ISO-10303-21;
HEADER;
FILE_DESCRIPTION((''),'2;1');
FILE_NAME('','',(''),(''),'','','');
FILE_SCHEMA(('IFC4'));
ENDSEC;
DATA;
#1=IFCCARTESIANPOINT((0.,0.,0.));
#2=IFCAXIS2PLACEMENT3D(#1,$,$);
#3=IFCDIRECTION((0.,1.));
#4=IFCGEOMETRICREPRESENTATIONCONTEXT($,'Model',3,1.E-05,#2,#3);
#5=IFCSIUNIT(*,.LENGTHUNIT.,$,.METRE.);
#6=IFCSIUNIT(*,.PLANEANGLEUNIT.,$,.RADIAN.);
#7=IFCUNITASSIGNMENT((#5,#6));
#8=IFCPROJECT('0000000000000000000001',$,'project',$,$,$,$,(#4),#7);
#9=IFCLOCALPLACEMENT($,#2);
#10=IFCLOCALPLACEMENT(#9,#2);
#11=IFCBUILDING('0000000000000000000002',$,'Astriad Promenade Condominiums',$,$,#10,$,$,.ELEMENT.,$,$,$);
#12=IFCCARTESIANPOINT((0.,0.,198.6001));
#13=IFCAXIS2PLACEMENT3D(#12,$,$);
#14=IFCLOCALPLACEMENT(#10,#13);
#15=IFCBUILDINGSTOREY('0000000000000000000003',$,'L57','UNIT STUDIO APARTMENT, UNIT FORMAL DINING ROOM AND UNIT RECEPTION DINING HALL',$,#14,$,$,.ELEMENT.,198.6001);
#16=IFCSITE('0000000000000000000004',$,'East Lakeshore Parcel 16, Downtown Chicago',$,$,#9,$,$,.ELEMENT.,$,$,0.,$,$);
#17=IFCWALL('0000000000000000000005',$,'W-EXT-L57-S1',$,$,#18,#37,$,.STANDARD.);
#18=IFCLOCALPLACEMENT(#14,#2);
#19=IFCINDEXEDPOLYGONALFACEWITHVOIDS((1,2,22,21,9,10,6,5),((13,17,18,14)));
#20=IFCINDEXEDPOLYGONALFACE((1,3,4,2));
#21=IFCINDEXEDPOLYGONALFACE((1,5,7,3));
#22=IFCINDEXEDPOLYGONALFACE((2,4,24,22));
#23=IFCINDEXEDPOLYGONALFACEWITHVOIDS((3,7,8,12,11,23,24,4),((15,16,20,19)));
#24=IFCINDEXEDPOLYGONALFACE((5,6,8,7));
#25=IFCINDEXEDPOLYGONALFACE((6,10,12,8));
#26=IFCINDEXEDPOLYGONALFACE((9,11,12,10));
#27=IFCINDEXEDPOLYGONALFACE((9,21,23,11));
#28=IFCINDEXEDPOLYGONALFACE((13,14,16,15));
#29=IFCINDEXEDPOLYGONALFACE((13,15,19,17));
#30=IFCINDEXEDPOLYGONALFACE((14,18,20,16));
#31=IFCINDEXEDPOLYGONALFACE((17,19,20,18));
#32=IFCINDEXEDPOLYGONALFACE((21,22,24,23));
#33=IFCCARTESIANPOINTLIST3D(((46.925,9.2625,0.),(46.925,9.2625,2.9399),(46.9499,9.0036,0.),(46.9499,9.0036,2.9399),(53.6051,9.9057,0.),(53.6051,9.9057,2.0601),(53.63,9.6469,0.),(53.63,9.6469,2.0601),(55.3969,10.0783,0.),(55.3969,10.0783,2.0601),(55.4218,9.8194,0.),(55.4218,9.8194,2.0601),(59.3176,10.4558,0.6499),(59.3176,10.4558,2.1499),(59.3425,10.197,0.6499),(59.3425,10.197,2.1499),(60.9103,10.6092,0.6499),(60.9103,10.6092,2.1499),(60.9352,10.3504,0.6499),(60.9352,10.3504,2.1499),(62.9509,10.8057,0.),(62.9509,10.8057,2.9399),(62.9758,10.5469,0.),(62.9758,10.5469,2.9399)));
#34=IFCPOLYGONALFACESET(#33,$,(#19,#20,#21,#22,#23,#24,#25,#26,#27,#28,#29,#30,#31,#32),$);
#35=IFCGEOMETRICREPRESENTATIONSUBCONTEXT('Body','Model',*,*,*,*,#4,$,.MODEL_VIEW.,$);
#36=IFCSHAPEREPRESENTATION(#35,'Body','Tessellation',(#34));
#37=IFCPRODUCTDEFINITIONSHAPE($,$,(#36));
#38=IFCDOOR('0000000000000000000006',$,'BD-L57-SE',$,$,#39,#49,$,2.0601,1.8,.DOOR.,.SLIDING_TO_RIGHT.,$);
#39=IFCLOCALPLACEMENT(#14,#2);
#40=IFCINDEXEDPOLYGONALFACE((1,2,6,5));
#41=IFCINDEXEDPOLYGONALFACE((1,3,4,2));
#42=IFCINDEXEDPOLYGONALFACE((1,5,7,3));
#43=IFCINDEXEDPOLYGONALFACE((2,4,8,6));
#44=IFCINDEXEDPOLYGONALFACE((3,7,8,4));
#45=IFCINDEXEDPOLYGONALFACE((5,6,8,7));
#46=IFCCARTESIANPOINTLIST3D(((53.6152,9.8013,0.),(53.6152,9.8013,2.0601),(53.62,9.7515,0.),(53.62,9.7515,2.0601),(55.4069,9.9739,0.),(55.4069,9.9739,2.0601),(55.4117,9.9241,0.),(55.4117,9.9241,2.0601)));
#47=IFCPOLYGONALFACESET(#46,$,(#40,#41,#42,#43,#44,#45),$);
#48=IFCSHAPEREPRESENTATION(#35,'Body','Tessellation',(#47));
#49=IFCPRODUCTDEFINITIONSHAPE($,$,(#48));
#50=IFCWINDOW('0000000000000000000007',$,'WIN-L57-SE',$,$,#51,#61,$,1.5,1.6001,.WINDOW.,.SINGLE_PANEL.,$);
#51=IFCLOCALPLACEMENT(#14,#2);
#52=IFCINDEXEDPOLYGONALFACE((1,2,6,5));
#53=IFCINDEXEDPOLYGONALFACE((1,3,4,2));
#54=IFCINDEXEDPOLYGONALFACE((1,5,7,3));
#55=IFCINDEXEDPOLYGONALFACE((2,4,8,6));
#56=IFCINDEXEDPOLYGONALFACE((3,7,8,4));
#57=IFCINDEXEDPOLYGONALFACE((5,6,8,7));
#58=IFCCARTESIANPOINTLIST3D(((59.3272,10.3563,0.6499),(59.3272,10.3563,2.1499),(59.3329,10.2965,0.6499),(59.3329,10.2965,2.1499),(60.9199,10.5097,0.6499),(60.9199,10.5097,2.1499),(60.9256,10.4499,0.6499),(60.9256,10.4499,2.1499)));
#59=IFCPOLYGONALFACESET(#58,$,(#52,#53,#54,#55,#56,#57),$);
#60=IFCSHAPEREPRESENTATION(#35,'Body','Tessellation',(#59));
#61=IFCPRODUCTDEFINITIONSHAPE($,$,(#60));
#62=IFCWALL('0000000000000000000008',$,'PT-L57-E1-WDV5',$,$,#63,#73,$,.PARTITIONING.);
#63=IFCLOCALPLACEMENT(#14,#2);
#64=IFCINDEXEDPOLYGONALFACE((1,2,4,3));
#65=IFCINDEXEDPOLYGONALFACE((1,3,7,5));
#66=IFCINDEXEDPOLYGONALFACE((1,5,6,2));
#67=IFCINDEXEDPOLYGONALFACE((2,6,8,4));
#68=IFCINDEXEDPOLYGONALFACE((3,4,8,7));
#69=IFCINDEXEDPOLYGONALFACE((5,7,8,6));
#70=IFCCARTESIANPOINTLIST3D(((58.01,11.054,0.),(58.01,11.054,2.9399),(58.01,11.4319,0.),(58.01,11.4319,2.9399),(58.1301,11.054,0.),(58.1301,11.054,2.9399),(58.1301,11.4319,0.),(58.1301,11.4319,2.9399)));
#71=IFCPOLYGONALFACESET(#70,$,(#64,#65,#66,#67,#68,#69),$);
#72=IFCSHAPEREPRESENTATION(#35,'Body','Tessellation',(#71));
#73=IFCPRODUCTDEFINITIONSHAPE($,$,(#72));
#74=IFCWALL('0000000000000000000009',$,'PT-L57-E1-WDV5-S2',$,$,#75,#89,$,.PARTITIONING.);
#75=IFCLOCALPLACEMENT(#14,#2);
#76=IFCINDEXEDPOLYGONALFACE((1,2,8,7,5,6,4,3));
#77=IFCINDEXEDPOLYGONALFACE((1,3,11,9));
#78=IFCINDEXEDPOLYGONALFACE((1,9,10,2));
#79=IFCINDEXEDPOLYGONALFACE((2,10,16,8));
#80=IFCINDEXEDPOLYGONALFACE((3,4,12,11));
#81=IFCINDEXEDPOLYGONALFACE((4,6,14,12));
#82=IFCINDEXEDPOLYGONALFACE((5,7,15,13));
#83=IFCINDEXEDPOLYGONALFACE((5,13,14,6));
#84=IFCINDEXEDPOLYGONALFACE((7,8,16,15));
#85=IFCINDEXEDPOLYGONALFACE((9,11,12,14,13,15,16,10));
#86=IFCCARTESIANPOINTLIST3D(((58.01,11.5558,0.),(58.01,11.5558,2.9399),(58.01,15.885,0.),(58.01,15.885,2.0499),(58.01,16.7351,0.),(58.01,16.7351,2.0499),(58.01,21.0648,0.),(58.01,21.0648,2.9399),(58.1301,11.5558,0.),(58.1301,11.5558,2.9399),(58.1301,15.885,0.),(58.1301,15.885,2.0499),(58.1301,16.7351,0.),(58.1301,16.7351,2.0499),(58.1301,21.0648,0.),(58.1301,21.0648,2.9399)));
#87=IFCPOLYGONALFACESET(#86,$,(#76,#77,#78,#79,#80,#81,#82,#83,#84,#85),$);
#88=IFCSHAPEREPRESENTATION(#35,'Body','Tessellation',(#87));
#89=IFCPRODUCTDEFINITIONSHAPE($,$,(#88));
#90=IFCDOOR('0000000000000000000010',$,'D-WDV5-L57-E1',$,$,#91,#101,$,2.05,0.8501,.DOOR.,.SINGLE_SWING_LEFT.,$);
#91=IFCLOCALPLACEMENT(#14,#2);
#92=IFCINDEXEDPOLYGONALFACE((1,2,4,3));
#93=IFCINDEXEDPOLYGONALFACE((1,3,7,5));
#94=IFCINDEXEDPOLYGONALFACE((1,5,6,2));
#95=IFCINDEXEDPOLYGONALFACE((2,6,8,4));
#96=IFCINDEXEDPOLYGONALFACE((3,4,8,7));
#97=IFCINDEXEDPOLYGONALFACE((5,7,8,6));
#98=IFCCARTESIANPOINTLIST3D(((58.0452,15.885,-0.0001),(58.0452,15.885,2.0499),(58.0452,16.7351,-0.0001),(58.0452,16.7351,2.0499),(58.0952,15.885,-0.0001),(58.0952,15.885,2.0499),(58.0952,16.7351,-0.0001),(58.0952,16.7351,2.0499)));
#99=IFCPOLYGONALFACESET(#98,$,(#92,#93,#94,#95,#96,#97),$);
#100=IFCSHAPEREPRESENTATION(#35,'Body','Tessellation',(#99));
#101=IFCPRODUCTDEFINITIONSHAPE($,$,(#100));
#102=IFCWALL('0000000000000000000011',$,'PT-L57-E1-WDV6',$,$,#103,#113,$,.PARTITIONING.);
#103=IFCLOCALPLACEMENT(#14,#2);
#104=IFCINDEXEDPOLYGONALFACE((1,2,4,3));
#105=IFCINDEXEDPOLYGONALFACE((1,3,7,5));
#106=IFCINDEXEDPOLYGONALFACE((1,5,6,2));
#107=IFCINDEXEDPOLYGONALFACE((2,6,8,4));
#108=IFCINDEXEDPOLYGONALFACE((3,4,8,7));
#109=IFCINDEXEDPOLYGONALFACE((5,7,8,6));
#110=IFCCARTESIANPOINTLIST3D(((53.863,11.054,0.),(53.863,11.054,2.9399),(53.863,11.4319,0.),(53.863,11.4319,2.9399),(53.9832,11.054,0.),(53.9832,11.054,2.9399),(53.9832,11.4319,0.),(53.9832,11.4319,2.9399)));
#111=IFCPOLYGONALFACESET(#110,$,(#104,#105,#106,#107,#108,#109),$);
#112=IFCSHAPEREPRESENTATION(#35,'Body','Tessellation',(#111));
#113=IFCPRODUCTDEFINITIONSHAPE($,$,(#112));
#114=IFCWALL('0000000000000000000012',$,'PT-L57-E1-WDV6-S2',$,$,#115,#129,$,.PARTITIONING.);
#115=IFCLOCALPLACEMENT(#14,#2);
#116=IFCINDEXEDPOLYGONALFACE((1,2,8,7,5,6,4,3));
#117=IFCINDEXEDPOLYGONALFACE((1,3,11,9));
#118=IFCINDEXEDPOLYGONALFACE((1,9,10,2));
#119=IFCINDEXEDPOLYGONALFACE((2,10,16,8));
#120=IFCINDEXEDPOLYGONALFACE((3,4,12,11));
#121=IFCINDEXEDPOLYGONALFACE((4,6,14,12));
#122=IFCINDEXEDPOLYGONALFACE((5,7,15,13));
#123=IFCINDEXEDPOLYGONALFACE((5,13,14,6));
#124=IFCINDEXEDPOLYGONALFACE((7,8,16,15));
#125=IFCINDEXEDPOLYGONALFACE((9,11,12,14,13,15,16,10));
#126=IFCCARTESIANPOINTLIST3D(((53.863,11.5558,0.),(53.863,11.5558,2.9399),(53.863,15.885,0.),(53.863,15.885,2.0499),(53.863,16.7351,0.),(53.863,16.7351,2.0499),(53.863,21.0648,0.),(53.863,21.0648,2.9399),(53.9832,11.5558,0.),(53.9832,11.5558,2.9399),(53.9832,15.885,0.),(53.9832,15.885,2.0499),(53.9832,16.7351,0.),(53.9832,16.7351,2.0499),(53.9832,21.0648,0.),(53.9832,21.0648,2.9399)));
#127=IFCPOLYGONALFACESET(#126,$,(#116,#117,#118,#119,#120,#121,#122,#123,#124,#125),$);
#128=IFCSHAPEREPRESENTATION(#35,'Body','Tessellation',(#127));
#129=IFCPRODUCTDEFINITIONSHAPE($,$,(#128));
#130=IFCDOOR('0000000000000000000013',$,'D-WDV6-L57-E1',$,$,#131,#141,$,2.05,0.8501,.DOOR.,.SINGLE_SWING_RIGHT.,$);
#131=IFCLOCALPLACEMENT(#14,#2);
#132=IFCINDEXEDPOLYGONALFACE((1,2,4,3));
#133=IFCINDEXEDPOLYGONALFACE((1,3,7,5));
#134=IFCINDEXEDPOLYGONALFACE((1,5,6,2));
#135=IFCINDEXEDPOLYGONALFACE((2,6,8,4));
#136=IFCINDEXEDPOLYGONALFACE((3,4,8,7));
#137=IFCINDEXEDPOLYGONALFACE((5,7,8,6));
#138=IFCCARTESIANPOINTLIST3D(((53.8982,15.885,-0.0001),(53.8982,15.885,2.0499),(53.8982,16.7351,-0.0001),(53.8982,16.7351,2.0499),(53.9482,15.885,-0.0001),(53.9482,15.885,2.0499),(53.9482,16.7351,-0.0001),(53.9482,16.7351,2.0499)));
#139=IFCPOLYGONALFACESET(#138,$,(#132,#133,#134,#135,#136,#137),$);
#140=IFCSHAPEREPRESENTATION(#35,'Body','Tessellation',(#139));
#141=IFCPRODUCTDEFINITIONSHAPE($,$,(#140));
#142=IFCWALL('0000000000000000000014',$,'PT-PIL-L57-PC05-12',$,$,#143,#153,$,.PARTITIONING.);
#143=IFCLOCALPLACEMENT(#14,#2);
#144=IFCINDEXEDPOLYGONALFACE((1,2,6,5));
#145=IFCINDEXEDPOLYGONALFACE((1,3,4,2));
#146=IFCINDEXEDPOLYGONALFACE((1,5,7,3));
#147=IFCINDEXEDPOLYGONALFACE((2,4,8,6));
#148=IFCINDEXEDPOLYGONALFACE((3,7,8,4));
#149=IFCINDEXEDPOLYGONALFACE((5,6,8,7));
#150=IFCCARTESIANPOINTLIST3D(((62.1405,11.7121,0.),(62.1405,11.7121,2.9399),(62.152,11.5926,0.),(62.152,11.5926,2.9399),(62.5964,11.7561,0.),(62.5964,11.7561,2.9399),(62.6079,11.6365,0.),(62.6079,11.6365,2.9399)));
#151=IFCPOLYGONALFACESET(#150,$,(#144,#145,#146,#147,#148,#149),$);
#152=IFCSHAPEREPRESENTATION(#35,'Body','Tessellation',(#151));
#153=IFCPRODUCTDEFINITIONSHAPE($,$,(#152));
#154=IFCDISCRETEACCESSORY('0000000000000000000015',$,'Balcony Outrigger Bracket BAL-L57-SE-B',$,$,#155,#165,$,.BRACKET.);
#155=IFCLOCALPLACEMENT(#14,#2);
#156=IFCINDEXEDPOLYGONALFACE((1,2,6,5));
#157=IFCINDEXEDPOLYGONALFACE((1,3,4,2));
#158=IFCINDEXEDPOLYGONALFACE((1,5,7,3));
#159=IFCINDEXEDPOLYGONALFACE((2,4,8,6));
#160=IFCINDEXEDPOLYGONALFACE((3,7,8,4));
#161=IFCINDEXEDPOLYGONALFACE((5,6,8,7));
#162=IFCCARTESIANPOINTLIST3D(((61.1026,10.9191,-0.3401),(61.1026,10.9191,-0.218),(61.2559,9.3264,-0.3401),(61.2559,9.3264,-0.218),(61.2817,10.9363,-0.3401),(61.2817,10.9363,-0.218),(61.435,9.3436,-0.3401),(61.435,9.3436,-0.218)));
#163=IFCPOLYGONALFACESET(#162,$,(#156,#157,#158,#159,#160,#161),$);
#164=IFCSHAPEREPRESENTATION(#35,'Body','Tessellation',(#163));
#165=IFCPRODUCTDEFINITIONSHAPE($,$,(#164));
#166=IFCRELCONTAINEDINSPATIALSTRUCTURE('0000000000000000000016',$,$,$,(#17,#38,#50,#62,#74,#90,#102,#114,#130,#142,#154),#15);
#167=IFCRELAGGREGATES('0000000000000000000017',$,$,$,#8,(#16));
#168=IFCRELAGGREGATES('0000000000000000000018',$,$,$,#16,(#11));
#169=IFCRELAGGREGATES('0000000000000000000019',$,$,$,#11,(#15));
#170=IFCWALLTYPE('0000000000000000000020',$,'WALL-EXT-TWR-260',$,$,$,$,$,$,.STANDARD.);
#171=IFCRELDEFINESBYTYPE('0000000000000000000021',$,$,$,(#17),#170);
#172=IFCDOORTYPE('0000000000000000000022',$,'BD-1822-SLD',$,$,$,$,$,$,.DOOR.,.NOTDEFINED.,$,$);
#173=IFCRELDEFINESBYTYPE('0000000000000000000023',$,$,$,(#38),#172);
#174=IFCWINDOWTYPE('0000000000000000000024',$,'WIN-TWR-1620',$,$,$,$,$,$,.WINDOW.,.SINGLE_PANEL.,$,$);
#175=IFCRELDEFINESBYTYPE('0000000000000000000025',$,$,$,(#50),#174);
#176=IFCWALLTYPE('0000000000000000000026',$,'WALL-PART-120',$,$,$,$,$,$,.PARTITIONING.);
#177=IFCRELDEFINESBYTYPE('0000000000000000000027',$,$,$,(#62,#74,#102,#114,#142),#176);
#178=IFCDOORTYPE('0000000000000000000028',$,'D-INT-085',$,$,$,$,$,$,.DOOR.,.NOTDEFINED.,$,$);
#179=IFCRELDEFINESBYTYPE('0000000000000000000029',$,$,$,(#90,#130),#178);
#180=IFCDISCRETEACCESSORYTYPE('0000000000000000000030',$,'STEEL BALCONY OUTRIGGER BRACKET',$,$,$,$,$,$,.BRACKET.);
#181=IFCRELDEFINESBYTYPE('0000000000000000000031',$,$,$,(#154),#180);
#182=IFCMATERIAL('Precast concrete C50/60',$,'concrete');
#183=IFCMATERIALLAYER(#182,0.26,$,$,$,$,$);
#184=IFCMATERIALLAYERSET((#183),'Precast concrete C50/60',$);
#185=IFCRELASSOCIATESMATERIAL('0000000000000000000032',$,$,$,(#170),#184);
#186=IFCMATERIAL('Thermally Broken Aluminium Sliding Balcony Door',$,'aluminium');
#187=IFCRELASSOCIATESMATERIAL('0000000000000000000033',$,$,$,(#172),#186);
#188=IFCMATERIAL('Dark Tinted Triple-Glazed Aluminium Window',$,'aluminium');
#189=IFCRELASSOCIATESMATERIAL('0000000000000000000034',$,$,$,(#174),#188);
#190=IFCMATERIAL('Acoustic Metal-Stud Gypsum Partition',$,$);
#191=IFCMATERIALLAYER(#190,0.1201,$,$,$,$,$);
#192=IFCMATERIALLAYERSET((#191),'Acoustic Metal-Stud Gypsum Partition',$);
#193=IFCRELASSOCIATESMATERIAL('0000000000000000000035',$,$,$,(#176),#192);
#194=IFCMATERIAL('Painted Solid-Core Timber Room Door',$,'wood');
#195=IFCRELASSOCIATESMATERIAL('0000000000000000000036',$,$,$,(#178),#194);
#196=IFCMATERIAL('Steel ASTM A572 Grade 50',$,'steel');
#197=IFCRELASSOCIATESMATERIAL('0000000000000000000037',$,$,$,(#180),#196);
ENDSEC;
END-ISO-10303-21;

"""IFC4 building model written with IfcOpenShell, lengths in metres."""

from ifc_helpers import new_model, si_unit, direction, frame, frame_2d, origin, origin_2d, place, context, subcontext, project, spatial, rectangle, extrude, source, transform, mapped, material, layer, layer_set, type_object, type_shapes, element, fill, save


model = new_model("IFC4")

# Units and contexts
model_context = context("Model", 3, precision=1e-05, world=origin(), true_north=direction((0.0, 1.0)))
body_context = subcontext(model_context, "Body", "Model", "MODEL_VIEW")
ifc_project = project(units=[si_unit("LENGTHUNIT", "METRE"), si_unit("PLANEANGLEUNIT", "RADIAN")], contexts=[model_context])

# Site, building, storey
site_placement = place(None, origin())
site = spatial("IfcSite", under=ifc_project, at=site_placement, Name="East Lakeshore Parcel 16, Downtown Chicago", CompositionType="ELEMENT", RefElevation=0.0)
building_placement = place(site_placement, origin())
building = spatial("IfcBuilding", under=site, at=building_placement, Name="Astriad Promenade Condominiums", CompositionType="ELEMENT")
storey_placement = place(building_placement, frame((0.0, 0.0, 198.6001)))
storey = spatial("IfcBuildingStorey", under=building, at=storey_placement, Name="L57", Description="UNIT STUDIO APARTMENT, UNIT FORMAL DINING ROOM AND UNIT RECEPTION DINING HALL", CompositionType="ELEMENT", Elevation=198.6001)

# Shared definitions
ifc_material_1 = material(Name="Precast concrete C50/60", Category="concrete")
ifc_layer_1 = layer(ifc_material_1, 0.26)
ifc_layer_set_1 = layer_set([ifc_layer_1], Name="Precast concrete C50/60")
wall_type_1 = type_object("IfcWallType", Name="WALL-EXT-TWR-260", PredefinedType="STANDARD", material=ifc_layer_set_1)

# Wall, openings, door, window
wall_1_placement = place(storey_placement, frame((62.9634, 10.6763, 0.0), z_axis=(0.0, 0.0, 1.0), x_axis=(-0.995396, -0.095852, 0.0)))
wall_1 = element("IfcWall", 1, at=wall_1_placement, inside=storey, type_object=wall_type_1, Name="W-EXT-L57-S1", PredefinedType="STANDARD", context=body_context, shape_type="SweptSolid", body=[
    extrude(rectangle(XDim=16.1001, YDim=0.26, at=frame_2d((8.05, 0.0))), origin(), (0.0, 0.0, 1.0), 2.9399),
])
opening_1_placement = place(wall_1_placement, frame((7.5891, 0.0, 0.0)))
opening_1 = element("IfcOpeningElement", 2, at=opening_1_placement, cuts=wall_1, PredefinedType="OPENING", context=body_context, shape_type="SweptSolid", body=[
    extrude(rectangle(XDim=1.8, YDim=2.0601, at=frame_2d((0.8999, 1.03))), frame((0.0, 0.1399, 0.0), z_axis=(0.0, -1.0, 0.0), x_axis=(1.0, 0.0, 0.0)), (0.0, 0.0, 1.0), 0.28),
])
opening_2_placement = place(wall_1_placement, frame((2.05, 0.0, 0.6499)))
opening_2 = element("IfcOpeningElement", 3, at=opening_2_placement, cuts=wall_1, PredefinedType="OPENING", context=body_context, shape_type="SweptSolid", body=[
    extrude(rectangle(XDim=1.6001, YDim=1.5, at=frame_2d((0.8, 0.75))), frame((0.0, 0.1399, 0.0), z_axis=(0.0, -1.0, 0.0), x_axis=(1.0, 0.0, 0.0)), (0.0, 0.0, 1.0), 0.28),
])
ifc_material_2 = material(Name="Thermally Broken Aluminium Sliding Balcony Door", Category="aluminium")
door_type_1 = type_object("IfcDoorType", Name="BD-1822-SLD", OperationType="NOTDEFINED", PredefinedType="DOOR", material=ifc_material_2)
shared_shape_1 = source(origin(), body_context, "Body", "SweptSolid", [
    extrude(rectangle(XDim=1.8, YDim=2.0601, at=frame_2d((0.8999, 1.03))), frame((0.0, 0.0249, 0.0), z_axis=(0.0, -1.0, 0.0), x_axis=(1.0, 0.0, 0.0)), (0.0, 0.0, 1.0), 0.05),
])
type_shapes(door_type_1, [shared_shape_1])
door_1_placement = place(opening_1_placement, origin())
door_1 = element("IfcDoor", 4, at=door_1_placement, inside=storey, type_object=door_type_1, Name="BD-L57-SE", OperationType="SLIDING_TO_RIGHT", OverallHeight=2.0601, OverallWidth=1.8, PredefinedType="DOOR", context=body_context, shape_type="MappedRepresentation", body=[
    mapped(shared_shape_1, transform((0.0, 0.0, 0.0), scale=1.0)),
])
fill(opening_1, door_1)
ifc_material_3 = material(Name="Dark Tinted Triple-Glazed Aluminium Window", Category="aluminium")
window_type = type_object("IfcWindowType", Name="WIN-TWR-1620", PartitioningType="SINGLE_PANEL", PredefinedType="WINDOW", material=ifc_material_3)
shared_shape_2 = source(origin(), body_context, "Body", "SweptSolid", [
    extrude(rectangle(XDim=1.6001, YDim=1.5, at=frame_2d((0.8, 0.75))), frame((0.0, 0.03, 0.0), z_axis=(0.0, -1.0, 0.0), x_axis=(1.0, 0.0, 0.0)), (0.0, 0.0, 1.0), 0.0601),
])
type_shapes(window_type, [shared_shape_2])
window_placement = place(opening_2_placement, origin())
window = element("IfcWindow", 5, at=window_placement, inside=storey, type_object=window_type, Name="WIN-L57-SE", OverallHeight=1.5, OverallWidth=1.6001, PartitioningType="SINGLE_PANEL", PredefinedType="WINDOW", context=body_context, shape_type="MappedRepresentation", body=[
    mapped(shared_shape_2, transform((0.0, 0.0, 0.0), scale=1.0)),
])
fill(opening_2, window)

# Wall
ifc_material_4 = material(Name="Acoustic Metal-Stud Gypsum Partition")
ifc_layer_2 = layer(ifc_material_4, 0.1201)
ifc_layer_set_2 = layer_set([ifc_layer_2], Name="Acoustic Metal-Stud Gypsum Partition")
wall_type_2 = type_object("IfcWallType", Name="WALL-PART-120", PredefinedType="PARTITIONING", material=ifc_layer_set_2)
wall_2_placement = place(storey_placement, frame((58.0701, 11.054, 0.0), z_axis=(0.0, 0.0, 1.0), x_axis=(0.0, 1.0, 0.0)))
element("IfcWall", 6, at=wall_2_placement, inside=storey, type_object=wall_type_2, Name="PT-L57-E1-WDV5", PredefinedType="PARTITIONING", context=body_context, shape_type="SweptSolid", body=[
    extrude(rectangle(XDim=0.3779, YDim=0.1201, at=frame_2d((0.189, 0.0))), origin(), (0.0, 0.0, 1.0), 2.9399),
])

# Wall, opening, door
wall_3_placement = place(storey_placement, frame((58.0701, 11.5559, 0.0), z_axis=(0.0, 0.0, 1.0), x_axis=(0.0, 1.0, 0.0)))
wall_3 = element("IfcWall", 7, at=wall_3_placement, inside=storey, type_object=wall_type_2, Name="PT-L57-E1-WDV5-S2", PredefinedType="PARTITIONING", context=body_context, shape_type="SweptSolid", body=[
    extrude(rectangle(XDim=9.509, YDim=0.1201, at=frame_2d((4.7544, 0.0))), origin(), (0.0, 0.0, 1.0), 2.9399),
])
opening_3_placement = place(wall_3_placement, frame((4.3291, 0.0, 0.0)))
opening_3 = element("IfcOpeningElement", 8, at=opening_3_placement, cuts=wall_3, PredefinedType="OPENING", context=body_context, shape_type="SweptSolid", body=[
    extrude(rectangle(XDim=0.8501, YDim=2.05, at=frame_2d((0.425, 1.0249))), frame((0.0, 0.0701, 0.0), z_axis=(0.0, -1.0, 0.0), x_axis=(1.0, 0.0, 0.0)), (0.0, 0.0, 1.0), 0.1401),
])
ifc_material_5 = material(Name="Painted Solid-Core Timber Room Door", Category="wood")
door_type_2 = type_object("IfcDoorType", Name="D-INT-085", OperationType="NOTDEFINED", PredefinedType="DOOR", material=ifc_material_5)
shared_shape_3 = source(origin(), body_context, "Body", "SweptSolid", [
    extrude(rectangle(XDim=0.8501, YDim=2.05, at=frame_2d((0.425, 1.0249))), frame((0.0, 0.0249, 0.0), z_axis=(0.0, -1.0, 0.0), x_axis=(1.0, 0.0, 0.0)), (0.0, 0.0, 1.0), 0.05),
])
type_shapes(door_type_2, [shared_shape_3])
door_2_placement = place(opening_3_placement, origin())
door_2 = element("IfcDoor", 9, at=door_2_placement, inside=storey, type_object=door_type_2, Name="D-WDV5-L57-E1", OperationType="SINGLE_SWING_LEFT", OverallHeight=2.05, OverallWidth=0.8501, PredefinedType="DOOR", context=body_context, shape_type="MappedRepresentation", body=[
    mapped(shared_shape_3, transform((0.0, 0.0, 0.0), scale=1.0)),
])
fill(opening_3, door_2)

# Wall
wall_4_placement = place(storey_placement, frame((53.9231, 11.054, 0.0), z_axis=(0.0, 0.0, 1.0), x_axis=(0.0, 1.0, 0.0)))
element("IfcWall", 10, at=wall_4_placement, inside=storey, type_object=wall_type_2, Name="PT-L57-E1-WDV6", PredefinedType="PARTITIONING", context=body_context, shape_type="SweptSolid", body=[
    extrude(rectangle(XDim=0.3779, YDim=0.1201, at=frame_2d((0.189, 0.0))), origin(), (0.0, 0.0, 1.0), 2.9399),
])

# Wall, opening, door
wall_5_placement = place(storey_placement, frame((53.9231, 11.5559, 0.0), z_axis=(0.0, 0.0, 1.0), x_axis=(0.0, 1.0, 0.0)))
wall_5 = element("IfcWall", 11, at=wall_5_placement, inside=storey, type_object=wall_type_2, Name="PT-L57-E1-WDV6-S2", PredefinedType="PARTITIONING", context=body_context, shape_type="SweptSolid", body=[
    extrude(rectangle(XDim=9.509, YDim=0.1201, at=frame_2d((4.7544, 0.0))), origin(), (0.0, 0.0, 1.0), 2.9399),
])
opening_4_placement = place(wall_5_placement, frame((4.3291, 0.0, 0.0)))
opening_4 = element("IfcOpeningElement", 12, at=opening_4_placement, cuts=wall_5, PredefinedType="OPENING", context=body_context, shape_type="SweptSolid", body=[
    extrude(rectangle(XDim=0.8501, YDim=2.05, at=frame_2d((0.425, 1.0249))), frame((0.0, 0.0701, 0.0), z_axis=(0.0, -1.0, 0.0), x_axis=(1.0, 0.0, 0.0)), (0.0, 0.0, 1.0), 0.1401),
])
door_3_placement = place(opening_4_placement, origin())
door_3 = element("IfcDoor", 13, at=door_3_placement, inside=storey, type_object=door_type_2, Name="D-WDV6-L57-E1", OperationType="SINGLE_SWING_RIGHT", OverallHeight=2.05, OverallWidth=0.8501, PredefinedType="DOOR", context=body_context, shape_type="MappedRepresentation", body=[
    mapped(shared_shape_3, transform((0.0, 0.0, 0.0), scale=1.0)),
])
fill(opening_4, door_3)

# Wall
wall_6_placement = place(storey_placement, frame((62.1462, 11.6523, 0.0), z_axis=(0.0, 0.0, 1.0), x_axis=(0.995385, 0.095966, 0.0)))
element("IfcWall", 14, at=wall_6_placement, inside=storey, type_object=wall_type_2, Name="PT-PIL-L57-PC05-12", PredefinedType="PARTITIONING", context=body_context, shape_type="SweptSolid", body=[
    extrude(rectangle(XDim=0.458, YDim=0.1201, at=frame_2d((0.229, 0.0))), origin(), (0.0, 0.0, 1.0), 2.9399),
])

# Discrete accessory
ifc_material_6 = material(Name="Steel ASTM A572 Grade 50", Category="steel")
discrete_accessory_type = type_object("IfcDiscreteAccessoryType", Name="STEEL BALCONY OUTRIGGER BRACKET", PredefinedType="BRACKET", material=ifc_material_6)
shared_shape_4 = source(origin(), body_context, "Body", "SweptSolid", [
    extrude(rectangle(XDim=1.6001, YDim=0.1799, at=origin_2d()), origin(), (0.0, 0.0, 1.0), 0.1221),
])
type_shapes(discrete_accessory_type, [shared_shape_4])
discrete_accessory_placement = place(storey_placement, frame((61.2688, 10.1313, -0.3401), z_axis=(0.0, 0.0, 1.0), x_axis=(0.095846, -0.995396, 0.0)))
element("IfcDiscreteAccessory", 15, at=discrete_accessory_placement, inside=storey, type_object=discrete_accessory_type, Name="Balcony Outrigger Bracket BAL-L57-SE-B", PredefinedType="BRACKET", context=body_context, shape_type="MappedRepresentation", body=[
    mapped(shared_shape_4, transform((0.0, 0.0, 0.0), scale=1.0)),
])

save(model, "model.ifc")
